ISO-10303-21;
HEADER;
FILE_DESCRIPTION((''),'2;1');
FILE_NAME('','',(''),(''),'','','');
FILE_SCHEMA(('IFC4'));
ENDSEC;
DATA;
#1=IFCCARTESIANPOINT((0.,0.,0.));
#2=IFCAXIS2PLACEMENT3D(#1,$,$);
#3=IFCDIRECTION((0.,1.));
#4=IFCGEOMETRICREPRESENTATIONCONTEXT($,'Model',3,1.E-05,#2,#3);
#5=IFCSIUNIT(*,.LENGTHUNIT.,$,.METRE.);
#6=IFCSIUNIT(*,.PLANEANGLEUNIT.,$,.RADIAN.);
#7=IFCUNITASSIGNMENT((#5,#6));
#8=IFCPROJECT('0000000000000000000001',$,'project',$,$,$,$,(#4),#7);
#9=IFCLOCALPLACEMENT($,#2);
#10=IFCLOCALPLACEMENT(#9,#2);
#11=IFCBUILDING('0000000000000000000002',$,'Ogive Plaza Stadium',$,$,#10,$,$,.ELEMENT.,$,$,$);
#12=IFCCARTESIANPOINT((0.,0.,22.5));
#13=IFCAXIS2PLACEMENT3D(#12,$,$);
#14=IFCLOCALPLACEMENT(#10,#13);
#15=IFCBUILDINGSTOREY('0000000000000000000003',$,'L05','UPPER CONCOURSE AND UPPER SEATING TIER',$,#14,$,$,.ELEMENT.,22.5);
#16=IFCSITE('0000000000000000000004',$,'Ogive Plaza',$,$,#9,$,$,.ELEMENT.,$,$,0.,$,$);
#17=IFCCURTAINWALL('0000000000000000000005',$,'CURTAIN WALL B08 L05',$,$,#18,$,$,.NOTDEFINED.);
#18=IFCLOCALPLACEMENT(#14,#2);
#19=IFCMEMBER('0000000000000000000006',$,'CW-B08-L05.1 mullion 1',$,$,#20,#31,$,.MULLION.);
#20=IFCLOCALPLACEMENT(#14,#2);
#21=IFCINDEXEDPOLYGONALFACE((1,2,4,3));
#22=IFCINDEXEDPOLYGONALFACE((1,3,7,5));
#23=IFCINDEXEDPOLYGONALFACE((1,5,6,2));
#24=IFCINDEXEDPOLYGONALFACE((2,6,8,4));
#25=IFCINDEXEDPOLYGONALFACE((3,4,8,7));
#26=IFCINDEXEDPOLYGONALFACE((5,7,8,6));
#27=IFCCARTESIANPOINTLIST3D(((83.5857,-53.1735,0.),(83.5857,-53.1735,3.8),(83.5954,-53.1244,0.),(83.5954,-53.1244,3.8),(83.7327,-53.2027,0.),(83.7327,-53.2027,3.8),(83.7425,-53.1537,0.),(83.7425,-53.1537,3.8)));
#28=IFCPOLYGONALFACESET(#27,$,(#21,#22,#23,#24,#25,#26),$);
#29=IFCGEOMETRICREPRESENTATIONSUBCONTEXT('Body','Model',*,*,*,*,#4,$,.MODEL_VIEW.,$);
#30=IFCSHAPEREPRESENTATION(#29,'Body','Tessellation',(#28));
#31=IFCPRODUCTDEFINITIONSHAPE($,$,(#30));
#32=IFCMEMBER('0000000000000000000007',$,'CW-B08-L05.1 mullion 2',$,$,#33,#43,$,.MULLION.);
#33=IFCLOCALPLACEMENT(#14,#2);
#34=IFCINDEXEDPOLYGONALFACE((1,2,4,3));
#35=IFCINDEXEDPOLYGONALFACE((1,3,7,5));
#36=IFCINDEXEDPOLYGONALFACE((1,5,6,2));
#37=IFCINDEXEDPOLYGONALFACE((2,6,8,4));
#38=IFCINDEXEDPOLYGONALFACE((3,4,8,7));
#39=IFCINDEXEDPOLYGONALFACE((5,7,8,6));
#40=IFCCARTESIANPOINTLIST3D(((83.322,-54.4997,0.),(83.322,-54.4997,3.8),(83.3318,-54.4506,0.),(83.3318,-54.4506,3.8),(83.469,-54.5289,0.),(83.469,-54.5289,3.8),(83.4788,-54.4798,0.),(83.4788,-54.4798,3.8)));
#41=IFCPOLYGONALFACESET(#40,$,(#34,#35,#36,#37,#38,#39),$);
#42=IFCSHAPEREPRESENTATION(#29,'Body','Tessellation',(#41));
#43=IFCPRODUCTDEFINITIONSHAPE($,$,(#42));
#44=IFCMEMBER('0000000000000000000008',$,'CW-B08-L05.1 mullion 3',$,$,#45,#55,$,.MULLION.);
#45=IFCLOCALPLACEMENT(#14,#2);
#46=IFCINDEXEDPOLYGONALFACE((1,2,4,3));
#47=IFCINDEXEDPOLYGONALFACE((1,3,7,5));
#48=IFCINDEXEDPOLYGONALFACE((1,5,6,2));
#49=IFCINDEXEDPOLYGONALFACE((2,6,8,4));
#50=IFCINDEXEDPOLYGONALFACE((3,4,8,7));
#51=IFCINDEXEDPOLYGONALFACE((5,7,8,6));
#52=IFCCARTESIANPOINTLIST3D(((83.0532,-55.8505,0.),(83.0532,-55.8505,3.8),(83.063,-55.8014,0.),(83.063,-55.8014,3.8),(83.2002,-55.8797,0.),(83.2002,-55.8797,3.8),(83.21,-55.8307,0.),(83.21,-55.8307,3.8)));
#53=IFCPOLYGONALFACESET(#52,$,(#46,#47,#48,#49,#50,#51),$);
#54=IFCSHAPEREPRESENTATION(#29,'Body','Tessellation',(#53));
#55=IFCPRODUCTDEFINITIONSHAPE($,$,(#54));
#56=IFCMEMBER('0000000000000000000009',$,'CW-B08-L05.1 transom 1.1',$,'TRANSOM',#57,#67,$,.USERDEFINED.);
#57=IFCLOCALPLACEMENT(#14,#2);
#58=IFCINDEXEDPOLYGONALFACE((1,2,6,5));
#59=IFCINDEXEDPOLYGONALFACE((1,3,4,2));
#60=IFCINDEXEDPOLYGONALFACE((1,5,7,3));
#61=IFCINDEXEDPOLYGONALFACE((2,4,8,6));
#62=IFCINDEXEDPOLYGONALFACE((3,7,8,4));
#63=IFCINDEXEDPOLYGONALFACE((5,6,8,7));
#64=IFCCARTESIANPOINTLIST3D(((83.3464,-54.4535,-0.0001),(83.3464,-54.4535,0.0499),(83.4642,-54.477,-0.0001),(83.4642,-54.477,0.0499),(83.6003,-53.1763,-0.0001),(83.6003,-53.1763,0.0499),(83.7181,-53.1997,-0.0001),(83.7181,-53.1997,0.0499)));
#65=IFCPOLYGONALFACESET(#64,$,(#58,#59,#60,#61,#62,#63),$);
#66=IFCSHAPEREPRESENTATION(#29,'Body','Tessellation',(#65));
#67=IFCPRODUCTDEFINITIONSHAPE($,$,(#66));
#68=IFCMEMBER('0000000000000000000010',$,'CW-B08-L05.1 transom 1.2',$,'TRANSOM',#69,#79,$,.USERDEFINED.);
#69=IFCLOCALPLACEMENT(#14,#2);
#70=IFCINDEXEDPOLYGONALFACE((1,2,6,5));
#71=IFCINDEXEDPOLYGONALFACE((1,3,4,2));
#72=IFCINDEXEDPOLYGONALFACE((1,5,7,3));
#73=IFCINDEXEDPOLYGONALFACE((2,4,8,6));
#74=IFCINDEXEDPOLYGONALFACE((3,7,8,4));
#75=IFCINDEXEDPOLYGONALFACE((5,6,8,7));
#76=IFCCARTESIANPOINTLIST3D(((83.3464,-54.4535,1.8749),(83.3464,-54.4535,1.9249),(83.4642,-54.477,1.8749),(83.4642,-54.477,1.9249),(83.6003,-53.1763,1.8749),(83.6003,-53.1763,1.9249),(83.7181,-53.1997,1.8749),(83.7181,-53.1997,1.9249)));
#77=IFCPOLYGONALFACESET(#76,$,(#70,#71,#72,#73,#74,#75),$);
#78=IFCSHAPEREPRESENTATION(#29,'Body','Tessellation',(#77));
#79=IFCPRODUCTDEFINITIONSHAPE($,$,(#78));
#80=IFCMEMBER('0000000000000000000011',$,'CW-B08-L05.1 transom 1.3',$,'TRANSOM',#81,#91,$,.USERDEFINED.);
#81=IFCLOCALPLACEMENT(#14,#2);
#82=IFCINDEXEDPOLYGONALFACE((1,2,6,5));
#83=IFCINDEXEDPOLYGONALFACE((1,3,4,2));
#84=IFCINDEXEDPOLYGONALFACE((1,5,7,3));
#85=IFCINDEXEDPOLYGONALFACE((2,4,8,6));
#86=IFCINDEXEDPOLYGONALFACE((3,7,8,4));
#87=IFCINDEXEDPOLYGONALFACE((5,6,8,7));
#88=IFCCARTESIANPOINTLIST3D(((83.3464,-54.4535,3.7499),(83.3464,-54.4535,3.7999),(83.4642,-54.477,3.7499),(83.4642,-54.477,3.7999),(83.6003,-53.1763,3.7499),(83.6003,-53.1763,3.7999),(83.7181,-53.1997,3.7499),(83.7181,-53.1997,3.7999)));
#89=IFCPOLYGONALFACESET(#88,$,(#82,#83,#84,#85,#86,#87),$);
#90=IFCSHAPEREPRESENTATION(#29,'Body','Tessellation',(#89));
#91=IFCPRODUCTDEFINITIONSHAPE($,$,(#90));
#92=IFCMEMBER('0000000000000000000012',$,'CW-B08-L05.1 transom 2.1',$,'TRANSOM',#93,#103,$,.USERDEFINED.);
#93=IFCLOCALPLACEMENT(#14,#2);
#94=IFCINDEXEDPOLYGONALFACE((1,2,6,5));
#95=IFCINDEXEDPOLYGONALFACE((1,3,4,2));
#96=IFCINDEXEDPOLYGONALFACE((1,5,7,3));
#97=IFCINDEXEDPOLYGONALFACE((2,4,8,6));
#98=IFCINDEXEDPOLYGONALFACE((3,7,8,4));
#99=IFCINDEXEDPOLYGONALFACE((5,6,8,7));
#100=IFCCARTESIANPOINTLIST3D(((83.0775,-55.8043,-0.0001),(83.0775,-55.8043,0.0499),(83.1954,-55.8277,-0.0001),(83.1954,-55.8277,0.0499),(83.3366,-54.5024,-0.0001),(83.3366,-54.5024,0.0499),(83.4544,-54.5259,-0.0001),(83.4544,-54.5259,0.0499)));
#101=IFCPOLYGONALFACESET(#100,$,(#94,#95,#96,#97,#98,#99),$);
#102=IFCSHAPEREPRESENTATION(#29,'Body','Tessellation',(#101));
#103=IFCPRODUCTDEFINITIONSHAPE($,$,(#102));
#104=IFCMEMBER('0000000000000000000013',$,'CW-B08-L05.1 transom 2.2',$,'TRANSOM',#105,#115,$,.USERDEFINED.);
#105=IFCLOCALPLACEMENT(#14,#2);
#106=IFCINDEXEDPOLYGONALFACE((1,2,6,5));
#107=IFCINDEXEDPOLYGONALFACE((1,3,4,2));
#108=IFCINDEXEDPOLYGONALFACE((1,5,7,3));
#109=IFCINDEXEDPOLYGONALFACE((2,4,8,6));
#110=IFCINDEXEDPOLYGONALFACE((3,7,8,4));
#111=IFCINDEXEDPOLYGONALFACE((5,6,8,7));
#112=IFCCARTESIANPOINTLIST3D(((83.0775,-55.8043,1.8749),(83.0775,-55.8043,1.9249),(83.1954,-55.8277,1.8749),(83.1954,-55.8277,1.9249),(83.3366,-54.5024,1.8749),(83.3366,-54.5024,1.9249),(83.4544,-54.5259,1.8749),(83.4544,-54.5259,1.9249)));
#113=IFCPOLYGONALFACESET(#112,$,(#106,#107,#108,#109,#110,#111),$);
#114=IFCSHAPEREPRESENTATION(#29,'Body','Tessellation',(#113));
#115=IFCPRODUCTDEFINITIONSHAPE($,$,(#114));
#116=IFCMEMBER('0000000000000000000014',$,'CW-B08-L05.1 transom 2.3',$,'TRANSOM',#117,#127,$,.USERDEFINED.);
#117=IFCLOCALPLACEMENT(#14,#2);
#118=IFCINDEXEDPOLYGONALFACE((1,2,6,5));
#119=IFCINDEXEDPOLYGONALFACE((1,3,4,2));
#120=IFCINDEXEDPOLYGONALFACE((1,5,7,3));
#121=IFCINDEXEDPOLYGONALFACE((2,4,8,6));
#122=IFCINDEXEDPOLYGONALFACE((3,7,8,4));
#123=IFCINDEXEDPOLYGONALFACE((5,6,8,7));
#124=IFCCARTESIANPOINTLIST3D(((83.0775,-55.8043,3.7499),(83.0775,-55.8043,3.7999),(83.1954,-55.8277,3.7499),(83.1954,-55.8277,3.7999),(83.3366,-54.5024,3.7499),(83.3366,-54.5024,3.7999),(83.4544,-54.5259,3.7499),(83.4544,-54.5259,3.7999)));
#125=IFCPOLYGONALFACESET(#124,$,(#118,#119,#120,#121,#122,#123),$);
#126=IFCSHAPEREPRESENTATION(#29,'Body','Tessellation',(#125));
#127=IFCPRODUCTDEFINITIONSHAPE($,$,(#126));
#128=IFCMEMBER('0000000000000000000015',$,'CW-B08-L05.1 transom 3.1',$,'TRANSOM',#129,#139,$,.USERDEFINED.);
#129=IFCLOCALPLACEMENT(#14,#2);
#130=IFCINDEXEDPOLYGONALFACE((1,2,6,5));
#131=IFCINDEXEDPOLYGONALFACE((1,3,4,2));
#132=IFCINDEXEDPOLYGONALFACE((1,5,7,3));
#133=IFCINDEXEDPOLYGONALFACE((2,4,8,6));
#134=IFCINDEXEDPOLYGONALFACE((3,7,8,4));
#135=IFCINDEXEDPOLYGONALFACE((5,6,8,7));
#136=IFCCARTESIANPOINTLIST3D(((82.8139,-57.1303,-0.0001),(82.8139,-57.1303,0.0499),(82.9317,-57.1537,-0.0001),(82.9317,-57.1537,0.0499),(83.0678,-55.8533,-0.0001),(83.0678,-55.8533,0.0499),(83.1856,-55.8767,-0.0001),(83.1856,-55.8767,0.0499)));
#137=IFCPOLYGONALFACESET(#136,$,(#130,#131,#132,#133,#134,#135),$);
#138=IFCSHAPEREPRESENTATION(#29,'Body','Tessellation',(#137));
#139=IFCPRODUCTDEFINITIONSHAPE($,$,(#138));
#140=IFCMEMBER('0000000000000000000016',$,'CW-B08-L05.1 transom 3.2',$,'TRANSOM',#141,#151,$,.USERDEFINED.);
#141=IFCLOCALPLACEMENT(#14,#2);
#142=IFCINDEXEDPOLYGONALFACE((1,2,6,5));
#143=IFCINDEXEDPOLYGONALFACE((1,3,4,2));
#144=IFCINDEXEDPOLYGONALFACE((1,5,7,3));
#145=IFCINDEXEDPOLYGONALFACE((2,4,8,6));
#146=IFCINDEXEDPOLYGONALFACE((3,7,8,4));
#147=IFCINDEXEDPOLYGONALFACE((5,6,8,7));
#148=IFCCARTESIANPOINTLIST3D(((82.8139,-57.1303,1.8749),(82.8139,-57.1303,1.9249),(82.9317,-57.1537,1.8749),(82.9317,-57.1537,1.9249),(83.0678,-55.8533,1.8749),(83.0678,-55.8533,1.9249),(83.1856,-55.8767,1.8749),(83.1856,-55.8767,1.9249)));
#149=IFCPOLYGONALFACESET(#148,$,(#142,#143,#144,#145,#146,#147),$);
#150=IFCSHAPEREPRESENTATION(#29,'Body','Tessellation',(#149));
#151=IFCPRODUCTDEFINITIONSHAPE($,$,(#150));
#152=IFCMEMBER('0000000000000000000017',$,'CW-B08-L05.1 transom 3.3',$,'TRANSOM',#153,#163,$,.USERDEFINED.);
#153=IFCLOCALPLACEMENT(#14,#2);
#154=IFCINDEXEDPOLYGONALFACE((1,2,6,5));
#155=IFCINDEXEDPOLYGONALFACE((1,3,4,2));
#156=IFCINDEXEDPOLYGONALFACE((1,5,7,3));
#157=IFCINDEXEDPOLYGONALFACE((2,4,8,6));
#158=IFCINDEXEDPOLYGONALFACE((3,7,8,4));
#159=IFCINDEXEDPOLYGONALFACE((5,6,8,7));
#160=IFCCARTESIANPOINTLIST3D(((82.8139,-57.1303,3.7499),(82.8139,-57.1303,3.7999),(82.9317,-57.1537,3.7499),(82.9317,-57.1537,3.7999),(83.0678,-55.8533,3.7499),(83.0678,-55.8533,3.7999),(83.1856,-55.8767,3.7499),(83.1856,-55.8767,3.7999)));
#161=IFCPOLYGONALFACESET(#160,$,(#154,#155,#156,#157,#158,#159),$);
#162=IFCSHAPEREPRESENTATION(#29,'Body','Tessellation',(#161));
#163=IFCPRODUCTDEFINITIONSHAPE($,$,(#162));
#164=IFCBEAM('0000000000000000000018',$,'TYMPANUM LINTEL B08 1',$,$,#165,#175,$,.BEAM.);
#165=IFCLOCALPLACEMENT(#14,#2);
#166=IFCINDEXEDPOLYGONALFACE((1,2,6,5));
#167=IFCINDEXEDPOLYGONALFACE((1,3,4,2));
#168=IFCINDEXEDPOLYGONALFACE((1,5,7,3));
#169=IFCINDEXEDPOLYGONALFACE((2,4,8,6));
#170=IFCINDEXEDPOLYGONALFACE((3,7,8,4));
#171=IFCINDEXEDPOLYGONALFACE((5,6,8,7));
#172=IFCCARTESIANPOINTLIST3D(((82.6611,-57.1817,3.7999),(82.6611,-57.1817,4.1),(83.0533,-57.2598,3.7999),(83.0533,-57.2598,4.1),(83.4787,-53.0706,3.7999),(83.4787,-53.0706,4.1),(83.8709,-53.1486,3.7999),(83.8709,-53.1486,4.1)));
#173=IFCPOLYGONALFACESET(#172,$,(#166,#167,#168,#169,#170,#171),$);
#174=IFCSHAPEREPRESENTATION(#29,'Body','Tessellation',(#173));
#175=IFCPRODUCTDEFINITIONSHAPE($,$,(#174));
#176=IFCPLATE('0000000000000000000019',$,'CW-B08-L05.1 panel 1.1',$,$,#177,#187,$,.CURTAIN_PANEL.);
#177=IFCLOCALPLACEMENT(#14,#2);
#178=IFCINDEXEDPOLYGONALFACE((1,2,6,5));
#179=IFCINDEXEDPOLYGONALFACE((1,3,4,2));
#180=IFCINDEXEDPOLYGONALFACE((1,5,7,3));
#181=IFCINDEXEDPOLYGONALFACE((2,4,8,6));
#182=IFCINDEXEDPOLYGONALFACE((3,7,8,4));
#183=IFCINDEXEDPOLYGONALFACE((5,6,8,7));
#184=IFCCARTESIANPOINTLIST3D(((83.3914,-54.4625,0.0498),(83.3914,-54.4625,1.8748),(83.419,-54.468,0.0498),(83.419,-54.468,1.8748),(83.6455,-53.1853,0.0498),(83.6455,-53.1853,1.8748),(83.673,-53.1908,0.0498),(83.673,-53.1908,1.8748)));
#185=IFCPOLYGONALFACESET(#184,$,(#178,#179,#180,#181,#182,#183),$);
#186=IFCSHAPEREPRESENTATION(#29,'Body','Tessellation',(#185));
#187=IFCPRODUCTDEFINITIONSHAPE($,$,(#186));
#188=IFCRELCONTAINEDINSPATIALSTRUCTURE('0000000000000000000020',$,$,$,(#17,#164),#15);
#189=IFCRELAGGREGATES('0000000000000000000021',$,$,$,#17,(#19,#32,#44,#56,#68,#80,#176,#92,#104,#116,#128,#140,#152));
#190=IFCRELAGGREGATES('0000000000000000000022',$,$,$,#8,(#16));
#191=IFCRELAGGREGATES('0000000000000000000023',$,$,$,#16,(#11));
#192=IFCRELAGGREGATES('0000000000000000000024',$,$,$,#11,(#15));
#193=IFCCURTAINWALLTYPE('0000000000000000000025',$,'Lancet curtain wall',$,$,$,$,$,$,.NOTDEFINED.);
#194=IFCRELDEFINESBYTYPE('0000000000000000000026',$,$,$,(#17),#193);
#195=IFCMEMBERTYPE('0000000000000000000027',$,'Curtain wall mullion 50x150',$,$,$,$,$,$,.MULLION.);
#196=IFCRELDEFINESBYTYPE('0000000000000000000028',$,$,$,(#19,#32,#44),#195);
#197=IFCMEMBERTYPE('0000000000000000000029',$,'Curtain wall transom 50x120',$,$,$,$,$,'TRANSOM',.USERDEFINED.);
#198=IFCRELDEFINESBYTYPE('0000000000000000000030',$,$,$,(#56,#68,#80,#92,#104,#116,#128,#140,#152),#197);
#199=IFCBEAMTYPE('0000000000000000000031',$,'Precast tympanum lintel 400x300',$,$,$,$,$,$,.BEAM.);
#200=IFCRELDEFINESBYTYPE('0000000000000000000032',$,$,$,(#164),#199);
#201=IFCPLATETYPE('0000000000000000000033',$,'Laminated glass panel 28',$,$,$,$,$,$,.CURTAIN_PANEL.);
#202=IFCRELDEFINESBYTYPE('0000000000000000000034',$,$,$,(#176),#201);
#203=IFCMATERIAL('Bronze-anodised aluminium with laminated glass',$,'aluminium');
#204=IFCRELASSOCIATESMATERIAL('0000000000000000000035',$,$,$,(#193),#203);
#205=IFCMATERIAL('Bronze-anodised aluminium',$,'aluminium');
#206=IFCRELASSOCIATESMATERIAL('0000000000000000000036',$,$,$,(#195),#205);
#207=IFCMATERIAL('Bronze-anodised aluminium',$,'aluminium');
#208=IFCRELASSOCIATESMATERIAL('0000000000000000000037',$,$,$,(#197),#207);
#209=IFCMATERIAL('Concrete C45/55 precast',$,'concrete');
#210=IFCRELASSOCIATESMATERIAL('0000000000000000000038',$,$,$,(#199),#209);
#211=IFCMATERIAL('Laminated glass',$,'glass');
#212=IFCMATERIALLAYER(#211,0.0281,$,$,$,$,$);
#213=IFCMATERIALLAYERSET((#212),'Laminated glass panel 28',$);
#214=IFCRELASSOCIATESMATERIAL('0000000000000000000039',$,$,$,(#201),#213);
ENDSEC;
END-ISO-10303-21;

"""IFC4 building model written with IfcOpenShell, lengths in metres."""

from ifc_helpers import new_model, si_unit, direction, frame, origin, origin_2d, place, context, subcontext, project, spatial, rectangle, extrude, material, layer, layer_set, material_profile, profile_set, type_object, element, aggregate, save


model = new_model("IFC4")

# Units and contexts
model_context = context("Model", 3, precision=1e-05, world=origin(), true_north=direction((0.0, 1.0)))
body_context = subcontext(model_context, "Body", "Model", "MODEL_VIEW")
ifc_project = project(units=[si_unit("LENGTHUNIT", "METRE"), si_unit("PLANEANGLEUNIT", "RADIAN")], contexts=[model_context])

# Site, building, storey
site_placement = place(None, origin())
site = spatial("IfcSite", under=ifc_project, at=site_placement, Name="Ogive Plaza", CompositionType="ELEMENT", RefElevation=0.0)
building_placement = place(site_placement, origin())
building = spatial("IfcBuilding", under=site, at=building_placement, Name="Ogive Plaza Stadium", CompositionType="ELEMENT")
storey_placement = place(building_placement, frame((0.0, 0.0, 22.5)))
storey = spatial("IfcBuildingStorey", under=building, at=storey_placement, Name="L05", Description="UPPER CONCOURSE AND UPPER SEATING TIER", CompositionType="ELEMENT", Elevation=22.5)

# Curtain wall, members
ifc_material_1 = material(Name="Bronze-anodised aluminium with laminated glass", Category="aluminium")
curtain_wall_type = type_object("IfcCurtainWallType", Name="Lancet curtain wall", PredefinedType="NOTDEFINED", material=ifc_material_1)
curtain_wall_placement = place(storey_placement, origin())
curtain_wall = element("IfcCurtainWall", 1, at=curtain_wall_placement, inside=storey, type_object=curtain_wall_type, Name="CURTAIN WALL B08 L05", PredefinedType="NOTDEFINED")
ifc_material_2 = material(Name="Bronze-anodised aluminium", Category="aluminium")
ifc_material_profile_1 = material_profile(ifc_material_2, rectangle(XDim=0.1499, YDim=0.05, at=origin_2d()), Name="AL 150x50")
ifc_profile_set_1 = profile_set([ifc_material_profile_1], Name="Bronze-anodised aluminium")
member_type_1 = type_object("IfcMemberType", Name="Curtain wall mullion 50x150", PredefinedType="MULLION", material=ifc_profile_set_1)
member_1_placement = place(storey_placement, frame((83.6641, -53.1636, 0.0), z_axis=(0.0, 0.0, 1.0), x_axis=(0.980785, -0.19509, 0.0)))
member_1 = element("IfcMember", 2, at=member_1_placement, type_object=member_type_1, Name="CW-B08-L05.1 mullion 1", PredefinedType="MULLION", context=body_context, shape_type="SweptSolid", body=[
    extrude(rectangle(XDim=0.1499, YDim=0.05, at=origin_2d()), origin(), (0.0, 0.0, 1.0), 3.8),
])
member_2_placement = place(storey_placement, frame((83.4004, -54.4897, 0.0), z_axis=(0.0, 0.0, 1.0), x_axis=(0.980785, -0.19509, 0.0)))
member_2 = element("IfcMember", 3, at=member_2_placement, type_object=member_type_1, Name="CW-B08-L05.1 mullion 2", PredefinedType="MULLION", context=body_context, shape_type="SweptSolid", body=[
    extrude(rectangle(XDim=0.1499, YDim=0.05, at=origin_2d()), origin(), (0.0, 0.0, 1.0), 3.8),
])
member_3_placement = place(storey_placement, frame((83.1316, -55.8406, 0.0), z_axis=(0.0, 0.0, 1.0), x_axis=(0.980785, -0.19509, 0.0)))
member_3 = element("IfcMember", 4, at=member_3_placement, type_object=member_type_1, Name="CW-B08-L05.1 mullion 3", PredefinedType="MULLION", context=body_context, shape_type="SweptSolid", body=[
    extrude(rectangle(XDim=0.1499, YDim=0.05, at=origin_2d()), origin(), (0.0, 0.0, 1.0), 3.8),
])
ifc_material_3 = material(Name="Bronze-anodised aluminium", Category="aluminium")
ifc_material_profile_2 = material_profile(ifc_material_3, rectangle(XDim=0.1201, YDim=0.05, at=origin_2d()), Name="AL 120x50")
ifc_profile_set_2 = profile_set([ifc_material_profile_2], Name="Bronze-anodised aluminium")
member_type_2 = type_object("IfcMemberType", Name="Curtain wall transom 50x120", ElementType="TRANSOM", PredefinedType="USERDEFINED", material=ifc_profile_set_2)
member_4_placement = place(storey_placement, frame((83.6592, -53.188, 0.0249), z_axis=(-0.194962, -0.980811, 0.0), x_axis=(0.980811, -0.194962, 0.0)))
member_4 = element("IfcMember", 5, at=member_4_placement, type_object=member_type_2, Name="CW-B08-L05.1 transom 1.1", ObjectType="TRANSOM", PredefinedType="USERDEFINED", context=body_context, shape_type="SweptSolid", body=[
    extrude(rectangle(XDim=0.1201, YDim=0.05, at=origin_2d()), origin(), (0.0, 0.0, 1.0), 1.3022),
])
member_5_placement = place(storey_placement, frame((83.6592, -53.188, 1.8999), z_axis=(-0.194962, -0.980811, 0.0), x_axis=(0.980811, -0.194962, 0.0)))
member_5 = element("IfcMember", 6, at=member_5_placement, type_object=member_type_2, Name="CW-B08-L05.1 transom 1.2", ObjectType="TRANSOM", PredefinedType="USERDEFINED", context=body_context, shape_type="SweptSolid", body=[
    extrude(rectangle(XDim=0.1201, YDim=0.05, at=origin_2d()), origin(), (0.0, 0.0, 1.0), 1.3022),
])
member_6_placement = place(storey_placement, frame((83.6592, -53.188, 3.7749), z_axis=(-0.194962, -0.980811, 0.0), x_axis=(0.980811, -0.194962, 0.0)))
member_6 = element("IfcMember", 7, at=member_6_placement, type_object=member_type_2, Name="CW-B08-L05.1 transom 1.3", ObjectType="TRANSOM", PredefinedType="USERDEFINED", context=body_context, shape_type="SweptSolid", body=[
    extrude(rectangle(XDim=0.1201, YDim=0.05, at=origin_2d()), origin(), (0.0, 0.0, 1.0), 1.3022),
])
member_7_placement = place(storey_placement, frame((83.3955, -54.5142, 0.0249), z_axis=(-0.195161, -0.980771, 0.0), x_axis=(0.980771, -0.195161, 0.0)))
member_7 = element("IfcMember", 8, at=member_7_placement, type_object=member_type_2, Name="CW-B08-L05.1 transom 2.1", ObjectType="TRANSOM", PredefinedType="USERDEFINED", context=body_context, shape_type="SweptSolid", body=[
    extrude(rectangle(XDim=0.1201, YDim=0.05, at=origin_2d()), origin(), (0.0, 0.0, 1.0), 1.3274),
])
member_8_placement = place(storey_placement, frame((83.3955, -54.5142, 1.8999), z_axis=(-0.195161, -0.980771, 0.0), x_axis=(0.980771, -0.195161, 0.0)))
member_8 = element("IfcMember", 9, at=member_8_placement, type_object=member_type_2, Name="CW-B08-L05.1 transom 2.2", ObjectType="TRANSOM", PredefinedType="USERDEFINED", context=body_context, shape_type="SweptSolid", body=[
    extrude(rectangle(XDim=0.1201, YDim=0.05, at=origin_2d()), origin(), (0.0, 0.0, 1.0), 1.3274),
])
member_9_placement = place(storey_placement, frame((83.3955, -54.5142, 3.7749), z_axis=(-0.195161, -0.980771, 0.0), x_axis=(0.980771, -0.195161, 0.0)))
member_9 = element("IfcMember", 10, at=member_9_placement, type_object=member_type_2, Name="CW-B08-L05.1 transom 2.3", ObjectType="TRANSOM", PredefinedType="USERDEFINED", context=body_context, shape_type="SweptSolid", body=[
    extrude(rectangle(XDim=0.1201, YDim=0.05, at=origin_2d()), origin(), (0.0, 0.0, 1.0), 1.3274),
])
member_10_placement = place(storey_placement, frame((83.1267, -55.865, 0.0249), z_axis=(-0.194998, -0.980804, 0.0), x_axis=(0.980804, -0.194998, 0.0)))
member_10 = element("IfcMember", 11, at=member_10_placement, type_object=member_type_2, Name="CW-B08-L05.1 transom 3.1", ObjectType="TRANSOM", PredefinedType="USERDEFINED", context=body_context, shape_type="SweptSolid", body=[
    extrude(rectangle(XDim=0.1201, YDim=0.05, at=origin_2d()), origin(), (0.0, 0.0, 1.0), 1.302),
])
member_11_placement = place(storey_placement, frame((83.1267, -55.865, 1.8999), z_axis=(-0.194998, -0.980804, 0.0), x_axis=(0.980804, -0.194998, 0.0)))
member_11 = element("IfcMember", 12, at=member_11_placement, type_object=member_type_2, Name="CW-B08-L05.1 transom 3.2", ObjectType="TRANSOM", PredefinedType="USERDEFINED", context=body_context, shape_type="SweptSolid", body=[
    extrude(rectangle(XDim=0.1201, YDim=0.05, at=origin_2d()), origin(), (0.0, 0.0, 1.0), 1.302),
])
member_12_placement = place(storey_placement, frame((83.1267, -55.865, 3.7749), z_axis=(-0.194998, -0.980804, 0.0), x_axis=(0.980804, -0.194998, 0.0)))
member_12 = element("IfcMember", 13, at=member_12_placement, type_object=member_type_2, Name="CW-B08-L05.1 transom 3.3", ObjectType="TRANSOM", PredefinedType="USERDEFINED", context=body_context, shape_type="SweptSolid", body=[
    extrude(rectangle(XDim=0.1201, YDim=0.05, at=origin_2d()), origin(), (0.0, 0.0, 1.0), 1.302),
])

# Beam
ifc_material_4 = material(Name="Concrete C45/55 precast", Category="concrete")
ifc_material_profile_3 = material_profile(ifc_material_4, rectangle(XDim=0.3999, YDim=0.3, at=origin_2d()), Name="RC 400x300")
ifc_profile_set_3 = profile_set([ifc_material_profile_3], Name="Concrete C45/55 precast")
beam_type = type_object("IfcBeamType", Name="Precast tympanum lintel 400x300", PredefinedType="BEAM", material=ifc_profile_set_3)
beam_placement = place(storey_placement, frame((83.6748, -53.1096, 3.95), z_axis=(-0.195063, -0.980791, 0.0), x_axis=(0.980791, -0.195063, 0.0)))
element("IfcBeam", 14, at=beam_placement, inside=storey, type_object=beam_type, Name="TYMPANUM LINTEL B08 1", PredefinedType="BEAM", context=body_context, shape_type="SweptSolid", body=[
    extrude(rectangle(XDim=0.3999, YDim=0.3, at=origin_2d()), origin(), (0.0, 0.0, 1.0), 4.1917),
])

# Plate
ifc_material_5 = material(Name="Laminated glass", Category="glass")
ifc_layer_1 = layer(ifc_material_5, 0.0281)
ifc_layer_set_1 = layer_set([ifc_layer_1], Name="Laminated glass panel 28")
plate_type = type_object("IfcPlateType", Name="Laminated glass panel 28", PredefinedType="CURTAIN_PANEL", material=ifc_layer_set_1)
plate_1_placement = place(storey_placement, frame((83.5322, -53.8267, 0.0498), z_axis=(0.0, 0.0, 1.0), x_axis=(-0.19509, -0.980785, 0.0)))
plate_1 = element("IfcPlate", 15, at=plate_1_placement, type_object=plate_type, Name="CW-B08-L05.1 panel 1.1", PredefinedType="CURTAIN_PANEL", context=body_context, shape_type="SweptSolid", body=[
    extrude(rectangle(XDim=1.3022, YDim=0.0281, at=origin_2d()), origin(), (0.0, 0.0, 1.0), 1.825),
])
aggregate(curtain_wall, [member_1, member_2, member_3, member_4, member_5, member_6, plate_1, member_7, member_8, member_9, member_10, member_11, member_12])

save(model, "model.ifc")
